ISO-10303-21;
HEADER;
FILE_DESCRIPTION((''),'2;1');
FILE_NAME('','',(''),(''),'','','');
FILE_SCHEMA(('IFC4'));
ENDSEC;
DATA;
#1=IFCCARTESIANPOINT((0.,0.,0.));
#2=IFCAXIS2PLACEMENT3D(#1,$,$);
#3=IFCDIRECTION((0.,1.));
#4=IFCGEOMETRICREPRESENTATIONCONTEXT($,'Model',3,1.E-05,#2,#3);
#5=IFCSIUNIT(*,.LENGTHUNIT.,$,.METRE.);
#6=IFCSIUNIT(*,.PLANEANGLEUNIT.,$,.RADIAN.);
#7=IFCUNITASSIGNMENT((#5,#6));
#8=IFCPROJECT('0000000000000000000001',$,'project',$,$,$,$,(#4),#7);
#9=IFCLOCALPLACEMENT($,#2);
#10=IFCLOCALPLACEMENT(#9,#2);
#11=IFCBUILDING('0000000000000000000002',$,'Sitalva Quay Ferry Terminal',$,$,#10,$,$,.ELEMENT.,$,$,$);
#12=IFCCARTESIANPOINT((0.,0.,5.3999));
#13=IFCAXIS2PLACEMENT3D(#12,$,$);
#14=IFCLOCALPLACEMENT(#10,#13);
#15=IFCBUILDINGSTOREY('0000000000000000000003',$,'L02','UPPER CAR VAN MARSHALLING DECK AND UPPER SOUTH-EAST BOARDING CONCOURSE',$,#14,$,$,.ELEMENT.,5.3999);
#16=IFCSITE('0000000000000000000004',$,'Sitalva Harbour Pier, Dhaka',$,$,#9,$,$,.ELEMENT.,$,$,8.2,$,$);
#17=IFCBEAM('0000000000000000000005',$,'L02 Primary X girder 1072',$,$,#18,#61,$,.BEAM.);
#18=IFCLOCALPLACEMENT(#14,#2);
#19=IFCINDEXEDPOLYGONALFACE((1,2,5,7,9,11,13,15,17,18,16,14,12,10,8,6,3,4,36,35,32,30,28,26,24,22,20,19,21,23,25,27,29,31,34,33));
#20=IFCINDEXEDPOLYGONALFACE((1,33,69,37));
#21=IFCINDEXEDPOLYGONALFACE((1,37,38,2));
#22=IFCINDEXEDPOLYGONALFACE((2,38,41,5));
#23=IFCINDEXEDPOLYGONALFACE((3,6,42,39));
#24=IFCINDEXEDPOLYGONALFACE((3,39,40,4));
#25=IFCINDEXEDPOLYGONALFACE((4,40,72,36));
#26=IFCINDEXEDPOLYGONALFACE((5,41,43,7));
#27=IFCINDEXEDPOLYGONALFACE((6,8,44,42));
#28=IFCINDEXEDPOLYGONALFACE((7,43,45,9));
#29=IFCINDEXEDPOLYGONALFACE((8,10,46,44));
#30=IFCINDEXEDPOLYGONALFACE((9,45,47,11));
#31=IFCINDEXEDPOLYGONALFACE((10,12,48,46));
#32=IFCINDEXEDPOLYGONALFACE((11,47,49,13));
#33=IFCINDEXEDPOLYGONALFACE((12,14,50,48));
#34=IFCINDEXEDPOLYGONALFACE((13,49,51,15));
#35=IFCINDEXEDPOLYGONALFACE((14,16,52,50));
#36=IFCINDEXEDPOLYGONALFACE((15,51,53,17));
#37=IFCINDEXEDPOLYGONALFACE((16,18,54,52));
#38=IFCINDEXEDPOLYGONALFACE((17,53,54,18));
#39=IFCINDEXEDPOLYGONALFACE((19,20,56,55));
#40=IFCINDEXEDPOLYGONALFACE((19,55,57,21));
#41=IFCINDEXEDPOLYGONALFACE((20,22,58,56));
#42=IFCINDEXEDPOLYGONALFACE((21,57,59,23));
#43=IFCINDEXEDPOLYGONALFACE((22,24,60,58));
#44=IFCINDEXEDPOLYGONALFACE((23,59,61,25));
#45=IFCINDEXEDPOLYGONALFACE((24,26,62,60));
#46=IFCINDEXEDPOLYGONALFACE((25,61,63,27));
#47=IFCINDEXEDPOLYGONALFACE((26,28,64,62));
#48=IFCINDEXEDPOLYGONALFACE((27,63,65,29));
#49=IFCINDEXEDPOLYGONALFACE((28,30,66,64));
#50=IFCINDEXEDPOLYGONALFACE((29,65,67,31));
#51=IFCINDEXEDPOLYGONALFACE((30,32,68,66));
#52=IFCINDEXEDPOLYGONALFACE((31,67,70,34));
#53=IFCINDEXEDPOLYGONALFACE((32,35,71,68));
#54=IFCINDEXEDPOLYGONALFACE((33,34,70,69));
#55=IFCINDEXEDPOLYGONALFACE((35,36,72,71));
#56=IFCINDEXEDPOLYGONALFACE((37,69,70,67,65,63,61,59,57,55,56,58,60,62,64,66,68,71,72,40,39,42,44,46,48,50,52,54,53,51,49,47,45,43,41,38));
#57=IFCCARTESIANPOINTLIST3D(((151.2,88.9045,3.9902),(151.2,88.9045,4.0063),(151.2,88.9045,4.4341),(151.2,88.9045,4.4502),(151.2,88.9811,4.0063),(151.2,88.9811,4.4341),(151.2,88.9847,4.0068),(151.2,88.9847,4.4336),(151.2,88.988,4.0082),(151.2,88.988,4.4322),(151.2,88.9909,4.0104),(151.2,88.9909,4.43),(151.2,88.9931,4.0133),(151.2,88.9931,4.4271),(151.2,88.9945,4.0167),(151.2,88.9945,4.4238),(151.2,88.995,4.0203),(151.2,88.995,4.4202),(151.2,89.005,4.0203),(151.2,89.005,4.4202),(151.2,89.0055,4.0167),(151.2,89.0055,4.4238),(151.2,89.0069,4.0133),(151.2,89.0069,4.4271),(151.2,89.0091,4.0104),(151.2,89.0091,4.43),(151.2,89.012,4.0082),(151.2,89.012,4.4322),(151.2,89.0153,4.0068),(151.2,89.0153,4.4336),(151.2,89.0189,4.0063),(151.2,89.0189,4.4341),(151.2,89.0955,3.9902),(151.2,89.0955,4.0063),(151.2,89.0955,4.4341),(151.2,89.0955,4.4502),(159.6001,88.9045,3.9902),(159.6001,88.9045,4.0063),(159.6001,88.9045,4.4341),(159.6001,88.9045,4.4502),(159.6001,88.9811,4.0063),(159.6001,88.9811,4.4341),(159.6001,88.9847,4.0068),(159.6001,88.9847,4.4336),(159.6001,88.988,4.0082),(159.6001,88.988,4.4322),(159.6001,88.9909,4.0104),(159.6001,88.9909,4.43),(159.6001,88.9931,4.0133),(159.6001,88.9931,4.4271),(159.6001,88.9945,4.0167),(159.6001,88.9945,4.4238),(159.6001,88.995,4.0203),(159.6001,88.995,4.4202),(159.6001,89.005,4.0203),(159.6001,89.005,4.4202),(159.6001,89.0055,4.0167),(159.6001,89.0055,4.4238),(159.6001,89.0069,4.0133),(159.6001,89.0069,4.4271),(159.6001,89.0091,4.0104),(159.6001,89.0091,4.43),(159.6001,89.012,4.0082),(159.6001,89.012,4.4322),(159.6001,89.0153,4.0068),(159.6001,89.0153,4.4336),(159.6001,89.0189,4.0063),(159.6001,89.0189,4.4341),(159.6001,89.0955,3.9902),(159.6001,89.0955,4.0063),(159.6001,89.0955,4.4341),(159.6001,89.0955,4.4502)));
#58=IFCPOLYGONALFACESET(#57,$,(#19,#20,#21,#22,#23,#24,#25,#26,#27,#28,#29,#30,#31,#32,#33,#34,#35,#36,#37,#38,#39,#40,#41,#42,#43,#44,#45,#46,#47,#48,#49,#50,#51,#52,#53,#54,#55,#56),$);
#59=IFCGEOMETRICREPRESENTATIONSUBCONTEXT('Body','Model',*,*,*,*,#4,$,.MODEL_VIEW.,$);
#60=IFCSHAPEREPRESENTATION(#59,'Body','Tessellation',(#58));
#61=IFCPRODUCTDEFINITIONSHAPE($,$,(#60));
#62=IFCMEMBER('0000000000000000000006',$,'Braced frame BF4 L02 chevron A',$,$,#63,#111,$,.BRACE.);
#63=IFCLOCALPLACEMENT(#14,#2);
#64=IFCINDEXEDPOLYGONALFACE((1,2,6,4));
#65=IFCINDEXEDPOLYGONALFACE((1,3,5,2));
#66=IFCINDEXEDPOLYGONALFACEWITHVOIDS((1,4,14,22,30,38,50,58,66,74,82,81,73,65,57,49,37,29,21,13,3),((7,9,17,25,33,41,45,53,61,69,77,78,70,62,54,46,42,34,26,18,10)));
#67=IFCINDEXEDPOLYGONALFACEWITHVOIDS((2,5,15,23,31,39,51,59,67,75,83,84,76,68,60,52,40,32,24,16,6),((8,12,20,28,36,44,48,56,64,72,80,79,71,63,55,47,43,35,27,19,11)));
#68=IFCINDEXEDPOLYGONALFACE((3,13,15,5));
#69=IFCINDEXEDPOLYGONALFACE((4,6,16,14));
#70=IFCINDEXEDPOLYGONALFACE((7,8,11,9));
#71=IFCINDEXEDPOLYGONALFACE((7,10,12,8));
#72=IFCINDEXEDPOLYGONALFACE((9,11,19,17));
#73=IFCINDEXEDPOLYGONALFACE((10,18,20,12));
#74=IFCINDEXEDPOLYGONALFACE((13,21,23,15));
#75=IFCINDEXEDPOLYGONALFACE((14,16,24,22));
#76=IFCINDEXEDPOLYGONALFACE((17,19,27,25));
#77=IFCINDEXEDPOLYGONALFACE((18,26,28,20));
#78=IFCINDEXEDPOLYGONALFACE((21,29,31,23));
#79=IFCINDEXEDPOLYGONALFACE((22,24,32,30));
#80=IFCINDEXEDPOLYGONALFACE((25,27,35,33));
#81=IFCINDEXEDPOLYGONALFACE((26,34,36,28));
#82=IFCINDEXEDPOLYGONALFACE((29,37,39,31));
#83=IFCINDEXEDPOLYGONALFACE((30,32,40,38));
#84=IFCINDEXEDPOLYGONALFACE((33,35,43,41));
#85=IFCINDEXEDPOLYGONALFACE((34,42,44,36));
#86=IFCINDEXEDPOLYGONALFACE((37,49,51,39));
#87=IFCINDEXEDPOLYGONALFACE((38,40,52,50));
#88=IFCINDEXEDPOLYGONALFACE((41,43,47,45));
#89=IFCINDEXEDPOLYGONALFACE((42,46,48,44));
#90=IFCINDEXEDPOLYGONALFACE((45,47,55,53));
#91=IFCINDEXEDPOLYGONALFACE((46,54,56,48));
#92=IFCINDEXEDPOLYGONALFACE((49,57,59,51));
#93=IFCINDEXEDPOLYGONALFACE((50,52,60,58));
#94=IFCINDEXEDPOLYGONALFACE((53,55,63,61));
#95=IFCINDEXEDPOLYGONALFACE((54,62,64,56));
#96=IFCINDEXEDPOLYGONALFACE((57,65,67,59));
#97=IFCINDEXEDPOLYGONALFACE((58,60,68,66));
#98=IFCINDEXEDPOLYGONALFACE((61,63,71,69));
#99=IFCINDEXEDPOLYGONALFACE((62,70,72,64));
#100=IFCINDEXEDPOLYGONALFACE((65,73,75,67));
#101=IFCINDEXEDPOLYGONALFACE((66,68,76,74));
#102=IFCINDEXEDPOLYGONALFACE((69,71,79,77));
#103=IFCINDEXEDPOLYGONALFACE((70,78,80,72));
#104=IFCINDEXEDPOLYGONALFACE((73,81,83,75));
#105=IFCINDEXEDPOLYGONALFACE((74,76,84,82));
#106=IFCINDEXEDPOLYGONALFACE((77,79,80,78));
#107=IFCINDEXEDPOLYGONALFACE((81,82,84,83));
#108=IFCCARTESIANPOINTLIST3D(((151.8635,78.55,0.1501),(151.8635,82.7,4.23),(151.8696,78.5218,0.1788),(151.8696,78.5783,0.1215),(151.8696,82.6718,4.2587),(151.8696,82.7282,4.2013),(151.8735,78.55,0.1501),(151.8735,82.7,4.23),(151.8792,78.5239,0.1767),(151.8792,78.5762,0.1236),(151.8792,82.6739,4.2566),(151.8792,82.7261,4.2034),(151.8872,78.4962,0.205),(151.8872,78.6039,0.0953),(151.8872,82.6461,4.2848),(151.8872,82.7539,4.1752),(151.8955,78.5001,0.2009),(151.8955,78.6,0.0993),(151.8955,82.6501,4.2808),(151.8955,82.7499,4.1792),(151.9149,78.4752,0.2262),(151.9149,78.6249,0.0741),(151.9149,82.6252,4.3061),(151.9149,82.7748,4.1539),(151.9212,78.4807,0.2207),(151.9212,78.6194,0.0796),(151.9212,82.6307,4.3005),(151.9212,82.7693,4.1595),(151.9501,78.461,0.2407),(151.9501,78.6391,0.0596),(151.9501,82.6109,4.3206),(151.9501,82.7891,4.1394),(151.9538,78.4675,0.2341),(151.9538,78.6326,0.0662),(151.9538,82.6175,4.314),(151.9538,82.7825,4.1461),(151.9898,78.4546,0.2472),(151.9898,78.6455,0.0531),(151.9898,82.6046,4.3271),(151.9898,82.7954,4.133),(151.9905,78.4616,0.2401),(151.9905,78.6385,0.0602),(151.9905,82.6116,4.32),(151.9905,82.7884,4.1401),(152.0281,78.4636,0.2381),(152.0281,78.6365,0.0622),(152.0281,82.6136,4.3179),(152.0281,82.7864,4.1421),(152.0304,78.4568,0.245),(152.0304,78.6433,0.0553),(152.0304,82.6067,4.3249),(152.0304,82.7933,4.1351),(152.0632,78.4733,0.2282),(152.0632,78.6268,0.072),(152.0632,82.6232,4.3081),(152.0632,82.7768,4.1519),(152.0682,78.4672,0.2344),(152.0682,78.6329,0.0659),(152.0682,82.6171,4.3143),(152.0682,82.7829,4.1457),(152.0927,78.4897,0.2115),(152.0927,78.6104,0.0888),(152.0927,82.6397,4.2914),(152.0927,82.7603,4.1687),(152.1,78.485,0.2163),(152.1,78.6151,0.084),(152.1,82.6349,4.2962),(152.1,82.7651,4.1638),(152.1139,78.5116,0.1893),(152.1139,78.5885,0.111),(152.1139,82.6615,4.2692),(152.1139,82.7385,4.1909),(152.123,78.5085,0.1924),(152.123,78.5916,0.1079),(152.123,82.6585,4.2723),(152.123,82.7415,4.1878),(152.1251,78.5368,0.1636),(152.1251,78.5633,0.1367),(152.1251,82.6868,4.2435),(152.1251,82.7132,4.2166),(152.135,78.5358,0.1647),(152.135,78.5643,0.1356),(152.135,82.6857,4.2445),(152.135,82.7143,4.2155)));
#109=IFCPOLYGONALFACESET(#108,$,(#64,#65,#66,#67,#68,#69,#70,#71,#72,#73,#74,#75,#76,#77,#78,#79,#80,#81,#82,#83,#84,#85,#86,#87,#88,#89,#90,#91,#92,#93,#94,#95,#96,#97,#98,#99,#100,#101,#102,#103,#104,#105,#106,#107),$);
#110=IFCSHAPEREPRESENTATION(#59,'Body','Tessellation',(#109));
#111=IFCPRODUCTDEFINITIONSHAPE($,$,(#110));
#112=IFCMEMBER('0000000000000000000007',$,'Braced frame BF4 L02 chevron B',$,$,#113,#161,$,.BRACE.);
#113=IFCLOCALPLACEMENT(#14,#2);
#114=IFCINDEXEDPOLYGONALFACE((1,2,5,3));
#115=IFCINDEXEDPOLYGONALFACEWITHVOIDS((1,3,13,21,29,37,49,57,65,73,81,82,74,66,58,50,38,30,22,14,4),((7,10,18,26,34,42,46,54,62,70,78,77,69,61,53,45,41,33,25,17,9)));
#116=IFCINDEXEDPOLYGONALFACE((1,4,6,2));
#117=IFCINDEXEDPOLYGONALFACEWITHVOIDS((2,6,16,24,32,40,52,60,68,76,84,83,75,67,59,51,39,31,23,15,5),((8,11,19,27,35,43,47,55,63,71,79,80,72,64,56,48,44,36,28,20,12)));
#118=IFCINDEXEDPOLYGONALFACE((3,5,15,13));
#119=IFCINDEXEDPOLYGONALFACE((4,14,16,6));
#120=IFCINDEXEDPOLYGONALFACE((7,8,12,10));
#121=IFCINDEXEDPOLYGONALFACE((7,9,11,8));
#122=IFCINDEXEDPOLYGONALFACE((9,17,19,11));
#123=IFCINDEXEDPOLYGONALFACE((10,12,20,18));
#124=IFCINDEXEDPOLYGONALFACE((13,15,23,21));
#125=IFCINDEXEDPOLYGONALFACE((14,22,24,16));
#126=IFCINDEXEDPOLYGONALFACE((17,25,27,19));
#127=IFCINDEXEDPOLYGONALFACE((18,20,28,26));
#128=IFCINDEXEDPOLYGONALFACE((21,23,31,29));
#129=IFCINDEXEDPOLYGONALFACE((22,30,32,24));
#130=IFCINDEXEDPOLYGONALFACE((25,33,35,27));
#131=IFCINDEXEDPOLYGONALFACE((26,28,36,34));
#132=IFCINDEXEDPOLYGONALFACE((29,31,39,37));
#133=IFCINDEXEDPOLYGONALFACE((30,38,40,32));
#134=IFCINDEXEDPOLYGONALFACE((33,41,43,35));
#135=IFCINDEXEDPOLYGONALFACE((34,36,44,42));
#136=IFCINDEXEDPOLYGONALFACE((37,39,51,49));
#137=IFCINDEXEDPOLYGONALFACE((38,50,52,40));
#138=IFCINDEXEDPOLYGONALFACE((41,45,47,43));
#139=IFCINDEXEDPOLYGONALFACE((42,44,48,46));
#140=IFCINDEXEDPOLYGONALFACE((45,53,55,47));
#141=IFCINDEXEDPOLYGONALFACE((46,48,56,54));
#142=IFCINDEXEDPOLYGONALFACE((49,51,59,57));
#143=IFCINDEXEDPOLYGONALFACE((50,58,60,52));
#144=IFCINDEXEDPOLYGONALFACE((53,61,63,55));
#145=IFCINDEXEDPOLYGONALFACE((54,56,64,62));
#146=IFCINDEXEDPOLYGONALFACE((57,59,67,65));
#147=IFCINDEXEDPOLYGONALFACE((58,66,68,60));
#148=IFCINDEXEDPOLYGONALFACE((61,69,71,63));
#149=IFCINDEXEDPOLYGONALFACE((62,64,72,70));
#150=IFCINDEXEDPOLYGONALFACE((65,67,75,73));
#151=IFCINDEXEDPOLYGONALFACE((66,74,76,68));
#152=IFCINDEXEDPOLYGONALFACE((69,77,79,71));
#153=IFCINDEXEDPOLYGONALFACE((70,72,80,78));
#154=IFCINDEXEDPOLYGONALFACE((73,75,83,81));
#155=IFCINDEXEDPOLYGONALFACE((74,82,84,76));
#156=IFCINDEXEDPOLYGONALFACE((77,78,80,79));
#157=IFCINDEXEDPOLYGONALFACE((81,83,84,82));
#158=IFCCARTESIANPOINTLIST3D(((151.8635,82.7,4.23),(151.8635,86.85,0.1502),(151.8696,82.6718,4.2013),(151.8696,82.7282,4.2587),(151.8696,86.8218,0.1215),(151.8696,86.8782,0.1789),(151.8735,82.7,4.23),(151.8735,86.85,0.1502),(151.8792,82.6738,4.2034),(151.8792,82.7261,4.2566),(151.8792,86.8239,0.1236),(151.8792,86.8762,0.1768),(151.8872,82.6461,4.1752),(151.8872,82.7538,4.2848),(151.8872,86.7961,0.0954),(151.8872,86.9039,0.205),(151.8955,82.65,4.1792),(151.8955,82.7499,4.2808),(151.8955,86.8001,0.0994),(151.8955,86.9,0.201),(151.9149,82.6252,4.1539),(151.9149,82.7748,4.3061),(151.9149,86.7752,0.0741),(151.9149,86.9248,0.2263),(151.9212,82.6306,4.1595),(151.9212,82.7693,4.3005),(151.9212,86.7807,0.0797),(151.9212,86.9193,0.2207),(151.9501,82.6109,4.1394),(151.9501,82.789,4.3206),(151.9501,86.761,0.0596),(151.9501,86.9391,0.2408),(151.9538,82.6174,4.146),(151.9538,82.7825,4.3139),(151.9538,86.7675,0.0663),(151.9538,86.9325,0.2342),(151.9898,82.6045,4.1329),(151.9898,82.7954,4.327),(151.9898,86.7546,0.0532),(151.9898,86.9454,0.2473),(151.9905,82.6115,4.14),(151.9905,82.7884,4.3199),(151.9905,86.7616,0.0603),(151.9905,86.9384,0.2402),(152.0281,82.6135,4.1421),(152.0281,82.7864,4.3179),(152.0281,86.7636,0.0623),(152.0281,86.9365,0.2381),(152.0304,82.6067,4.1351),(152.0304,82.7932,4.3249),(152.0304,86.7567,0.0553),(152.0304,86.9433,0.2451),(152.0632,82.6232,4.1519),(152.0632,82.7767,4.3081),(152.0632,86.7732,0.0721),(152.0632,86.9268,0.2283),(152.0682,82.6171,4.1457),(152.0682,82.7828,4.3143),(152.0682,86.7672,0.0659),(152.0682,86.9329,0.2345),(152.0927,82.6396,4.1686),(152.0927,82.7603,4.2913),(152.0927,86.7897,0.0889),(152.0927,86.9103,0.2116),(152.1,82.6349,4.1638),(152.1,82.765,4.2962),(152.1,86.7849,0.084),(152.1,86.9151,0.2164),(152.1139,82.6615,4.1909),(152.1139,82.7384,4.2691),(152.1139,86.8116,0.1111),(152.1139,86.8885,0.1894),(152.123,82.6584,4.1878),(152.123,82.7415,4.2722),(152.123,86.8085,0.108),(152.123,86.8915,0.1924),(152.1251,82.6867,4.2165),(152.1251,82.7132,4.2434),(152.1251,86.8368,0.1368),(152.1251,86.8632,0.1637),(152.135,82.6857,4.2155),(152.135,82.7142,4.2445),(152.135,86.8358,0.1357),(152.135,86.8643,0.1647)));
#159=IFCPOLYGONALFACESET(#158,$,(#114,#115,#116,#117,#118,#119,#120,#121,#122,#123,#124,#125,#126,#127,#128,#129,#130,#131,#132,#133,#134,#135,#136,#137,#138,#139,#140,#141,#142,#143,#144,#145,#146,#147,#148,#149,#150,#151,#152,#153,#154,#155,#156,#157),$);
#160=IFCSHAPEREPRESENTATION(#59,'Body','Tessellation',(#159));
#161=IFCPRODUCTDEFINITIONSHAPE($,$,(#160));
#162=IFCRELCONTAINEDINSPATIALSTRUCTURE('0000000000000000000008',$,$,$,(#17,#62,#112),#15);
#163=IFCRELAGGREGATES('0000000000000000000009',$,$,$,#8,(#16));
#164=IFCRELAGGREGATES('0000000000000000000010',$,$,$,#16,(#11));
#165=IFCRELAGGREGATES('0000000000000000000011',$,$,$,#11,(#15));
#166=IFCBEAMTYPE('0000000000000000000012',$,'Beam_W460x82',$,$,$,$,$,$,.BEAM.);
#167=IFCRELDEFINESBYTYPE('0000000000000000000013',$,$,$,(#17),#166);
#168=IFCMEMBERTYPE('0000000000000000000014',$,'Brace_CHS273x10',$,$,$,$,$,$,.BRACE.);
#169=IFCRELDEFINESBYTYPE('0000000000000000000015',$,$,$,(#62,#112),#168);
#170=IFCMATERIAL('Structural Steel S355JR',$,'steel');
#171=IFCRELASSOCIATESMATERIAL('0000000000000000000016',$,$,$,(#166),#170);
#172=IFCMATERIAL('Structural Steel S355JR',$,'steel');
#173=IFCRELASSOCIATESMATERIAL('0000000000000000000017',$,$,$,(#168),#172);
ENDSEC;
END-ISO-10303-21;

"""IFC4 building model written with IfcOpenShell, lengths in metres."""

from ifc_helpers import new_model, si_unit, direction, frame, origin, origin_2d, place, context, subcontext, project, spatial, hollow_circle, i_section, extrude, material, material_profile, profile_set, type_object, element, save


model = new_model("IFC4")

# Units and contexts
model_context = context("Model", 3, precision=1e-05, world=origin(), true_north=direction((0.0, 1.0)))
body_context = subcontext(model_context, "Body", "Model", "MODEL_VIEW")
ifc_project = project(units=[si_unit("LENGTHUNIT", "METRE"), si_unit("PLANEANGLEUNIT", "RADIAN")], contexts=[model_context])

# Site, building, storey
site_placement = place(None, origin())
site = spatial("IfcSite", under=ifc_project, at=site_placement, Name="Sitalva Harbour Pier, Dhaka", CompositionType="ELEMENT", RefElevation=8.2)
building_placement = place(site_placement, origin())
building = spatial("IfcBuilding", under=site, at=building_placement, Name="Sitalva Quay Ferry Terminal", CompositionType="ELEMENT")
storey_placement = place(building_placement, frame((0.0, 0.0, 5.3999)))
storey = spatial("IfcBuildingStorey", under=building, at=storey_placement, Name="L02", Description="UPPER CAR VAN MARSHALLING DECK AND UPPER SOUTH-EAST BOARDING CONCOURSE", CompositionType="ELEMENT", Elevation=5.3999)

# Beam
ifc_material_1 = material(Name="Structural Steel S355JR", Category="steel")
ifc_material_profile_1 = material_profile(ifc_material_1, i_section(OverallWidth=0.1909, OverallDepth=0.46, WebThickness=0.01, FlangeThickness=0.0161, FilletRadius=0.0139, at=origin_2d()), Name="W460x82")
ifc_profile_set_1 = profile_set([ifc_material_profile_1], Name="Structural Steel S355JR")
beam_type_1 = type_object("IfcBeamType", Name="Beam_W460x82", PredefinedType="BEAM", material=ifc_profile_set_1)
beam_1_placement = place(storey_placement, frame((151.2, 89.0, 4.2202), z_axis=(1.0, 0.0, 0.0), x_axis=(0.0, 1.0, 0.0)))
element("IfcBeam", 1, at=beam_1_placement, inside=storey, type_object=beam_type_1, Name="L02 Primary X girder 1072", PredefinedType="BEAM", context=body_context, shape_type="SweptSolid", body=[
    extrude(i_section(OverallWidth=0.1909, OverallDepth=0.46, WebThickness=0.01, FlangeThickness=0.0161, FilletRadius=0.0139, at=origin_2d()), origin(), (0.0, 0.0, 1.0), 8.4001),
])

# Members
ifc_material_2 = material(Name="Structural Steel S355JR", Category="steel")
ifc_material_profile_2 = material_profile(ifc_material_2, hollow_circle(Radius=0.1365, WallThickness=0.01, at=origin_2d()), Name="CHS273x10")
ifc_profile_set_2 = profile_set([ifc_material_profile_2], Name="Structural Steel S355JR")
member_type = type_object("IfcMemberType", Name="Brace_CHS273x10", PredefinedType="BRACE", material=ifc_profile_set_2)
for number, where, z_axis, x_axis, name in (
    (2, (152.0, 78.55, 0.1501), (0.0, 0.713101, 0.701061), (-1.0, 0.0, 0.0), "Braced frame BF4 L02 chevron A"),
    (3, (152.0, 82.7, 4.23), (0.0, 0.713122, -0.70104), (-1.0, 0.0, 0.0), "Braced frame BF4 L02 chevron B"),
):
    element("IfcMember", number, at=place(storey_placement, frame(where, z_axis=z_axis, x_axis=x_axis)), inside=storey, type_object=member_type, Name=name, PredefinedType="BRACE", context=body_context, shape_type="SweptSolid", body=[
        extrude(hollow_circle(Radius=0.1365, WallThickness=0.01, at=origin_2d()), origin(), (0.0, 0.0, 1.0), 5.8196),
    ])

save(model, "model.ifc")
